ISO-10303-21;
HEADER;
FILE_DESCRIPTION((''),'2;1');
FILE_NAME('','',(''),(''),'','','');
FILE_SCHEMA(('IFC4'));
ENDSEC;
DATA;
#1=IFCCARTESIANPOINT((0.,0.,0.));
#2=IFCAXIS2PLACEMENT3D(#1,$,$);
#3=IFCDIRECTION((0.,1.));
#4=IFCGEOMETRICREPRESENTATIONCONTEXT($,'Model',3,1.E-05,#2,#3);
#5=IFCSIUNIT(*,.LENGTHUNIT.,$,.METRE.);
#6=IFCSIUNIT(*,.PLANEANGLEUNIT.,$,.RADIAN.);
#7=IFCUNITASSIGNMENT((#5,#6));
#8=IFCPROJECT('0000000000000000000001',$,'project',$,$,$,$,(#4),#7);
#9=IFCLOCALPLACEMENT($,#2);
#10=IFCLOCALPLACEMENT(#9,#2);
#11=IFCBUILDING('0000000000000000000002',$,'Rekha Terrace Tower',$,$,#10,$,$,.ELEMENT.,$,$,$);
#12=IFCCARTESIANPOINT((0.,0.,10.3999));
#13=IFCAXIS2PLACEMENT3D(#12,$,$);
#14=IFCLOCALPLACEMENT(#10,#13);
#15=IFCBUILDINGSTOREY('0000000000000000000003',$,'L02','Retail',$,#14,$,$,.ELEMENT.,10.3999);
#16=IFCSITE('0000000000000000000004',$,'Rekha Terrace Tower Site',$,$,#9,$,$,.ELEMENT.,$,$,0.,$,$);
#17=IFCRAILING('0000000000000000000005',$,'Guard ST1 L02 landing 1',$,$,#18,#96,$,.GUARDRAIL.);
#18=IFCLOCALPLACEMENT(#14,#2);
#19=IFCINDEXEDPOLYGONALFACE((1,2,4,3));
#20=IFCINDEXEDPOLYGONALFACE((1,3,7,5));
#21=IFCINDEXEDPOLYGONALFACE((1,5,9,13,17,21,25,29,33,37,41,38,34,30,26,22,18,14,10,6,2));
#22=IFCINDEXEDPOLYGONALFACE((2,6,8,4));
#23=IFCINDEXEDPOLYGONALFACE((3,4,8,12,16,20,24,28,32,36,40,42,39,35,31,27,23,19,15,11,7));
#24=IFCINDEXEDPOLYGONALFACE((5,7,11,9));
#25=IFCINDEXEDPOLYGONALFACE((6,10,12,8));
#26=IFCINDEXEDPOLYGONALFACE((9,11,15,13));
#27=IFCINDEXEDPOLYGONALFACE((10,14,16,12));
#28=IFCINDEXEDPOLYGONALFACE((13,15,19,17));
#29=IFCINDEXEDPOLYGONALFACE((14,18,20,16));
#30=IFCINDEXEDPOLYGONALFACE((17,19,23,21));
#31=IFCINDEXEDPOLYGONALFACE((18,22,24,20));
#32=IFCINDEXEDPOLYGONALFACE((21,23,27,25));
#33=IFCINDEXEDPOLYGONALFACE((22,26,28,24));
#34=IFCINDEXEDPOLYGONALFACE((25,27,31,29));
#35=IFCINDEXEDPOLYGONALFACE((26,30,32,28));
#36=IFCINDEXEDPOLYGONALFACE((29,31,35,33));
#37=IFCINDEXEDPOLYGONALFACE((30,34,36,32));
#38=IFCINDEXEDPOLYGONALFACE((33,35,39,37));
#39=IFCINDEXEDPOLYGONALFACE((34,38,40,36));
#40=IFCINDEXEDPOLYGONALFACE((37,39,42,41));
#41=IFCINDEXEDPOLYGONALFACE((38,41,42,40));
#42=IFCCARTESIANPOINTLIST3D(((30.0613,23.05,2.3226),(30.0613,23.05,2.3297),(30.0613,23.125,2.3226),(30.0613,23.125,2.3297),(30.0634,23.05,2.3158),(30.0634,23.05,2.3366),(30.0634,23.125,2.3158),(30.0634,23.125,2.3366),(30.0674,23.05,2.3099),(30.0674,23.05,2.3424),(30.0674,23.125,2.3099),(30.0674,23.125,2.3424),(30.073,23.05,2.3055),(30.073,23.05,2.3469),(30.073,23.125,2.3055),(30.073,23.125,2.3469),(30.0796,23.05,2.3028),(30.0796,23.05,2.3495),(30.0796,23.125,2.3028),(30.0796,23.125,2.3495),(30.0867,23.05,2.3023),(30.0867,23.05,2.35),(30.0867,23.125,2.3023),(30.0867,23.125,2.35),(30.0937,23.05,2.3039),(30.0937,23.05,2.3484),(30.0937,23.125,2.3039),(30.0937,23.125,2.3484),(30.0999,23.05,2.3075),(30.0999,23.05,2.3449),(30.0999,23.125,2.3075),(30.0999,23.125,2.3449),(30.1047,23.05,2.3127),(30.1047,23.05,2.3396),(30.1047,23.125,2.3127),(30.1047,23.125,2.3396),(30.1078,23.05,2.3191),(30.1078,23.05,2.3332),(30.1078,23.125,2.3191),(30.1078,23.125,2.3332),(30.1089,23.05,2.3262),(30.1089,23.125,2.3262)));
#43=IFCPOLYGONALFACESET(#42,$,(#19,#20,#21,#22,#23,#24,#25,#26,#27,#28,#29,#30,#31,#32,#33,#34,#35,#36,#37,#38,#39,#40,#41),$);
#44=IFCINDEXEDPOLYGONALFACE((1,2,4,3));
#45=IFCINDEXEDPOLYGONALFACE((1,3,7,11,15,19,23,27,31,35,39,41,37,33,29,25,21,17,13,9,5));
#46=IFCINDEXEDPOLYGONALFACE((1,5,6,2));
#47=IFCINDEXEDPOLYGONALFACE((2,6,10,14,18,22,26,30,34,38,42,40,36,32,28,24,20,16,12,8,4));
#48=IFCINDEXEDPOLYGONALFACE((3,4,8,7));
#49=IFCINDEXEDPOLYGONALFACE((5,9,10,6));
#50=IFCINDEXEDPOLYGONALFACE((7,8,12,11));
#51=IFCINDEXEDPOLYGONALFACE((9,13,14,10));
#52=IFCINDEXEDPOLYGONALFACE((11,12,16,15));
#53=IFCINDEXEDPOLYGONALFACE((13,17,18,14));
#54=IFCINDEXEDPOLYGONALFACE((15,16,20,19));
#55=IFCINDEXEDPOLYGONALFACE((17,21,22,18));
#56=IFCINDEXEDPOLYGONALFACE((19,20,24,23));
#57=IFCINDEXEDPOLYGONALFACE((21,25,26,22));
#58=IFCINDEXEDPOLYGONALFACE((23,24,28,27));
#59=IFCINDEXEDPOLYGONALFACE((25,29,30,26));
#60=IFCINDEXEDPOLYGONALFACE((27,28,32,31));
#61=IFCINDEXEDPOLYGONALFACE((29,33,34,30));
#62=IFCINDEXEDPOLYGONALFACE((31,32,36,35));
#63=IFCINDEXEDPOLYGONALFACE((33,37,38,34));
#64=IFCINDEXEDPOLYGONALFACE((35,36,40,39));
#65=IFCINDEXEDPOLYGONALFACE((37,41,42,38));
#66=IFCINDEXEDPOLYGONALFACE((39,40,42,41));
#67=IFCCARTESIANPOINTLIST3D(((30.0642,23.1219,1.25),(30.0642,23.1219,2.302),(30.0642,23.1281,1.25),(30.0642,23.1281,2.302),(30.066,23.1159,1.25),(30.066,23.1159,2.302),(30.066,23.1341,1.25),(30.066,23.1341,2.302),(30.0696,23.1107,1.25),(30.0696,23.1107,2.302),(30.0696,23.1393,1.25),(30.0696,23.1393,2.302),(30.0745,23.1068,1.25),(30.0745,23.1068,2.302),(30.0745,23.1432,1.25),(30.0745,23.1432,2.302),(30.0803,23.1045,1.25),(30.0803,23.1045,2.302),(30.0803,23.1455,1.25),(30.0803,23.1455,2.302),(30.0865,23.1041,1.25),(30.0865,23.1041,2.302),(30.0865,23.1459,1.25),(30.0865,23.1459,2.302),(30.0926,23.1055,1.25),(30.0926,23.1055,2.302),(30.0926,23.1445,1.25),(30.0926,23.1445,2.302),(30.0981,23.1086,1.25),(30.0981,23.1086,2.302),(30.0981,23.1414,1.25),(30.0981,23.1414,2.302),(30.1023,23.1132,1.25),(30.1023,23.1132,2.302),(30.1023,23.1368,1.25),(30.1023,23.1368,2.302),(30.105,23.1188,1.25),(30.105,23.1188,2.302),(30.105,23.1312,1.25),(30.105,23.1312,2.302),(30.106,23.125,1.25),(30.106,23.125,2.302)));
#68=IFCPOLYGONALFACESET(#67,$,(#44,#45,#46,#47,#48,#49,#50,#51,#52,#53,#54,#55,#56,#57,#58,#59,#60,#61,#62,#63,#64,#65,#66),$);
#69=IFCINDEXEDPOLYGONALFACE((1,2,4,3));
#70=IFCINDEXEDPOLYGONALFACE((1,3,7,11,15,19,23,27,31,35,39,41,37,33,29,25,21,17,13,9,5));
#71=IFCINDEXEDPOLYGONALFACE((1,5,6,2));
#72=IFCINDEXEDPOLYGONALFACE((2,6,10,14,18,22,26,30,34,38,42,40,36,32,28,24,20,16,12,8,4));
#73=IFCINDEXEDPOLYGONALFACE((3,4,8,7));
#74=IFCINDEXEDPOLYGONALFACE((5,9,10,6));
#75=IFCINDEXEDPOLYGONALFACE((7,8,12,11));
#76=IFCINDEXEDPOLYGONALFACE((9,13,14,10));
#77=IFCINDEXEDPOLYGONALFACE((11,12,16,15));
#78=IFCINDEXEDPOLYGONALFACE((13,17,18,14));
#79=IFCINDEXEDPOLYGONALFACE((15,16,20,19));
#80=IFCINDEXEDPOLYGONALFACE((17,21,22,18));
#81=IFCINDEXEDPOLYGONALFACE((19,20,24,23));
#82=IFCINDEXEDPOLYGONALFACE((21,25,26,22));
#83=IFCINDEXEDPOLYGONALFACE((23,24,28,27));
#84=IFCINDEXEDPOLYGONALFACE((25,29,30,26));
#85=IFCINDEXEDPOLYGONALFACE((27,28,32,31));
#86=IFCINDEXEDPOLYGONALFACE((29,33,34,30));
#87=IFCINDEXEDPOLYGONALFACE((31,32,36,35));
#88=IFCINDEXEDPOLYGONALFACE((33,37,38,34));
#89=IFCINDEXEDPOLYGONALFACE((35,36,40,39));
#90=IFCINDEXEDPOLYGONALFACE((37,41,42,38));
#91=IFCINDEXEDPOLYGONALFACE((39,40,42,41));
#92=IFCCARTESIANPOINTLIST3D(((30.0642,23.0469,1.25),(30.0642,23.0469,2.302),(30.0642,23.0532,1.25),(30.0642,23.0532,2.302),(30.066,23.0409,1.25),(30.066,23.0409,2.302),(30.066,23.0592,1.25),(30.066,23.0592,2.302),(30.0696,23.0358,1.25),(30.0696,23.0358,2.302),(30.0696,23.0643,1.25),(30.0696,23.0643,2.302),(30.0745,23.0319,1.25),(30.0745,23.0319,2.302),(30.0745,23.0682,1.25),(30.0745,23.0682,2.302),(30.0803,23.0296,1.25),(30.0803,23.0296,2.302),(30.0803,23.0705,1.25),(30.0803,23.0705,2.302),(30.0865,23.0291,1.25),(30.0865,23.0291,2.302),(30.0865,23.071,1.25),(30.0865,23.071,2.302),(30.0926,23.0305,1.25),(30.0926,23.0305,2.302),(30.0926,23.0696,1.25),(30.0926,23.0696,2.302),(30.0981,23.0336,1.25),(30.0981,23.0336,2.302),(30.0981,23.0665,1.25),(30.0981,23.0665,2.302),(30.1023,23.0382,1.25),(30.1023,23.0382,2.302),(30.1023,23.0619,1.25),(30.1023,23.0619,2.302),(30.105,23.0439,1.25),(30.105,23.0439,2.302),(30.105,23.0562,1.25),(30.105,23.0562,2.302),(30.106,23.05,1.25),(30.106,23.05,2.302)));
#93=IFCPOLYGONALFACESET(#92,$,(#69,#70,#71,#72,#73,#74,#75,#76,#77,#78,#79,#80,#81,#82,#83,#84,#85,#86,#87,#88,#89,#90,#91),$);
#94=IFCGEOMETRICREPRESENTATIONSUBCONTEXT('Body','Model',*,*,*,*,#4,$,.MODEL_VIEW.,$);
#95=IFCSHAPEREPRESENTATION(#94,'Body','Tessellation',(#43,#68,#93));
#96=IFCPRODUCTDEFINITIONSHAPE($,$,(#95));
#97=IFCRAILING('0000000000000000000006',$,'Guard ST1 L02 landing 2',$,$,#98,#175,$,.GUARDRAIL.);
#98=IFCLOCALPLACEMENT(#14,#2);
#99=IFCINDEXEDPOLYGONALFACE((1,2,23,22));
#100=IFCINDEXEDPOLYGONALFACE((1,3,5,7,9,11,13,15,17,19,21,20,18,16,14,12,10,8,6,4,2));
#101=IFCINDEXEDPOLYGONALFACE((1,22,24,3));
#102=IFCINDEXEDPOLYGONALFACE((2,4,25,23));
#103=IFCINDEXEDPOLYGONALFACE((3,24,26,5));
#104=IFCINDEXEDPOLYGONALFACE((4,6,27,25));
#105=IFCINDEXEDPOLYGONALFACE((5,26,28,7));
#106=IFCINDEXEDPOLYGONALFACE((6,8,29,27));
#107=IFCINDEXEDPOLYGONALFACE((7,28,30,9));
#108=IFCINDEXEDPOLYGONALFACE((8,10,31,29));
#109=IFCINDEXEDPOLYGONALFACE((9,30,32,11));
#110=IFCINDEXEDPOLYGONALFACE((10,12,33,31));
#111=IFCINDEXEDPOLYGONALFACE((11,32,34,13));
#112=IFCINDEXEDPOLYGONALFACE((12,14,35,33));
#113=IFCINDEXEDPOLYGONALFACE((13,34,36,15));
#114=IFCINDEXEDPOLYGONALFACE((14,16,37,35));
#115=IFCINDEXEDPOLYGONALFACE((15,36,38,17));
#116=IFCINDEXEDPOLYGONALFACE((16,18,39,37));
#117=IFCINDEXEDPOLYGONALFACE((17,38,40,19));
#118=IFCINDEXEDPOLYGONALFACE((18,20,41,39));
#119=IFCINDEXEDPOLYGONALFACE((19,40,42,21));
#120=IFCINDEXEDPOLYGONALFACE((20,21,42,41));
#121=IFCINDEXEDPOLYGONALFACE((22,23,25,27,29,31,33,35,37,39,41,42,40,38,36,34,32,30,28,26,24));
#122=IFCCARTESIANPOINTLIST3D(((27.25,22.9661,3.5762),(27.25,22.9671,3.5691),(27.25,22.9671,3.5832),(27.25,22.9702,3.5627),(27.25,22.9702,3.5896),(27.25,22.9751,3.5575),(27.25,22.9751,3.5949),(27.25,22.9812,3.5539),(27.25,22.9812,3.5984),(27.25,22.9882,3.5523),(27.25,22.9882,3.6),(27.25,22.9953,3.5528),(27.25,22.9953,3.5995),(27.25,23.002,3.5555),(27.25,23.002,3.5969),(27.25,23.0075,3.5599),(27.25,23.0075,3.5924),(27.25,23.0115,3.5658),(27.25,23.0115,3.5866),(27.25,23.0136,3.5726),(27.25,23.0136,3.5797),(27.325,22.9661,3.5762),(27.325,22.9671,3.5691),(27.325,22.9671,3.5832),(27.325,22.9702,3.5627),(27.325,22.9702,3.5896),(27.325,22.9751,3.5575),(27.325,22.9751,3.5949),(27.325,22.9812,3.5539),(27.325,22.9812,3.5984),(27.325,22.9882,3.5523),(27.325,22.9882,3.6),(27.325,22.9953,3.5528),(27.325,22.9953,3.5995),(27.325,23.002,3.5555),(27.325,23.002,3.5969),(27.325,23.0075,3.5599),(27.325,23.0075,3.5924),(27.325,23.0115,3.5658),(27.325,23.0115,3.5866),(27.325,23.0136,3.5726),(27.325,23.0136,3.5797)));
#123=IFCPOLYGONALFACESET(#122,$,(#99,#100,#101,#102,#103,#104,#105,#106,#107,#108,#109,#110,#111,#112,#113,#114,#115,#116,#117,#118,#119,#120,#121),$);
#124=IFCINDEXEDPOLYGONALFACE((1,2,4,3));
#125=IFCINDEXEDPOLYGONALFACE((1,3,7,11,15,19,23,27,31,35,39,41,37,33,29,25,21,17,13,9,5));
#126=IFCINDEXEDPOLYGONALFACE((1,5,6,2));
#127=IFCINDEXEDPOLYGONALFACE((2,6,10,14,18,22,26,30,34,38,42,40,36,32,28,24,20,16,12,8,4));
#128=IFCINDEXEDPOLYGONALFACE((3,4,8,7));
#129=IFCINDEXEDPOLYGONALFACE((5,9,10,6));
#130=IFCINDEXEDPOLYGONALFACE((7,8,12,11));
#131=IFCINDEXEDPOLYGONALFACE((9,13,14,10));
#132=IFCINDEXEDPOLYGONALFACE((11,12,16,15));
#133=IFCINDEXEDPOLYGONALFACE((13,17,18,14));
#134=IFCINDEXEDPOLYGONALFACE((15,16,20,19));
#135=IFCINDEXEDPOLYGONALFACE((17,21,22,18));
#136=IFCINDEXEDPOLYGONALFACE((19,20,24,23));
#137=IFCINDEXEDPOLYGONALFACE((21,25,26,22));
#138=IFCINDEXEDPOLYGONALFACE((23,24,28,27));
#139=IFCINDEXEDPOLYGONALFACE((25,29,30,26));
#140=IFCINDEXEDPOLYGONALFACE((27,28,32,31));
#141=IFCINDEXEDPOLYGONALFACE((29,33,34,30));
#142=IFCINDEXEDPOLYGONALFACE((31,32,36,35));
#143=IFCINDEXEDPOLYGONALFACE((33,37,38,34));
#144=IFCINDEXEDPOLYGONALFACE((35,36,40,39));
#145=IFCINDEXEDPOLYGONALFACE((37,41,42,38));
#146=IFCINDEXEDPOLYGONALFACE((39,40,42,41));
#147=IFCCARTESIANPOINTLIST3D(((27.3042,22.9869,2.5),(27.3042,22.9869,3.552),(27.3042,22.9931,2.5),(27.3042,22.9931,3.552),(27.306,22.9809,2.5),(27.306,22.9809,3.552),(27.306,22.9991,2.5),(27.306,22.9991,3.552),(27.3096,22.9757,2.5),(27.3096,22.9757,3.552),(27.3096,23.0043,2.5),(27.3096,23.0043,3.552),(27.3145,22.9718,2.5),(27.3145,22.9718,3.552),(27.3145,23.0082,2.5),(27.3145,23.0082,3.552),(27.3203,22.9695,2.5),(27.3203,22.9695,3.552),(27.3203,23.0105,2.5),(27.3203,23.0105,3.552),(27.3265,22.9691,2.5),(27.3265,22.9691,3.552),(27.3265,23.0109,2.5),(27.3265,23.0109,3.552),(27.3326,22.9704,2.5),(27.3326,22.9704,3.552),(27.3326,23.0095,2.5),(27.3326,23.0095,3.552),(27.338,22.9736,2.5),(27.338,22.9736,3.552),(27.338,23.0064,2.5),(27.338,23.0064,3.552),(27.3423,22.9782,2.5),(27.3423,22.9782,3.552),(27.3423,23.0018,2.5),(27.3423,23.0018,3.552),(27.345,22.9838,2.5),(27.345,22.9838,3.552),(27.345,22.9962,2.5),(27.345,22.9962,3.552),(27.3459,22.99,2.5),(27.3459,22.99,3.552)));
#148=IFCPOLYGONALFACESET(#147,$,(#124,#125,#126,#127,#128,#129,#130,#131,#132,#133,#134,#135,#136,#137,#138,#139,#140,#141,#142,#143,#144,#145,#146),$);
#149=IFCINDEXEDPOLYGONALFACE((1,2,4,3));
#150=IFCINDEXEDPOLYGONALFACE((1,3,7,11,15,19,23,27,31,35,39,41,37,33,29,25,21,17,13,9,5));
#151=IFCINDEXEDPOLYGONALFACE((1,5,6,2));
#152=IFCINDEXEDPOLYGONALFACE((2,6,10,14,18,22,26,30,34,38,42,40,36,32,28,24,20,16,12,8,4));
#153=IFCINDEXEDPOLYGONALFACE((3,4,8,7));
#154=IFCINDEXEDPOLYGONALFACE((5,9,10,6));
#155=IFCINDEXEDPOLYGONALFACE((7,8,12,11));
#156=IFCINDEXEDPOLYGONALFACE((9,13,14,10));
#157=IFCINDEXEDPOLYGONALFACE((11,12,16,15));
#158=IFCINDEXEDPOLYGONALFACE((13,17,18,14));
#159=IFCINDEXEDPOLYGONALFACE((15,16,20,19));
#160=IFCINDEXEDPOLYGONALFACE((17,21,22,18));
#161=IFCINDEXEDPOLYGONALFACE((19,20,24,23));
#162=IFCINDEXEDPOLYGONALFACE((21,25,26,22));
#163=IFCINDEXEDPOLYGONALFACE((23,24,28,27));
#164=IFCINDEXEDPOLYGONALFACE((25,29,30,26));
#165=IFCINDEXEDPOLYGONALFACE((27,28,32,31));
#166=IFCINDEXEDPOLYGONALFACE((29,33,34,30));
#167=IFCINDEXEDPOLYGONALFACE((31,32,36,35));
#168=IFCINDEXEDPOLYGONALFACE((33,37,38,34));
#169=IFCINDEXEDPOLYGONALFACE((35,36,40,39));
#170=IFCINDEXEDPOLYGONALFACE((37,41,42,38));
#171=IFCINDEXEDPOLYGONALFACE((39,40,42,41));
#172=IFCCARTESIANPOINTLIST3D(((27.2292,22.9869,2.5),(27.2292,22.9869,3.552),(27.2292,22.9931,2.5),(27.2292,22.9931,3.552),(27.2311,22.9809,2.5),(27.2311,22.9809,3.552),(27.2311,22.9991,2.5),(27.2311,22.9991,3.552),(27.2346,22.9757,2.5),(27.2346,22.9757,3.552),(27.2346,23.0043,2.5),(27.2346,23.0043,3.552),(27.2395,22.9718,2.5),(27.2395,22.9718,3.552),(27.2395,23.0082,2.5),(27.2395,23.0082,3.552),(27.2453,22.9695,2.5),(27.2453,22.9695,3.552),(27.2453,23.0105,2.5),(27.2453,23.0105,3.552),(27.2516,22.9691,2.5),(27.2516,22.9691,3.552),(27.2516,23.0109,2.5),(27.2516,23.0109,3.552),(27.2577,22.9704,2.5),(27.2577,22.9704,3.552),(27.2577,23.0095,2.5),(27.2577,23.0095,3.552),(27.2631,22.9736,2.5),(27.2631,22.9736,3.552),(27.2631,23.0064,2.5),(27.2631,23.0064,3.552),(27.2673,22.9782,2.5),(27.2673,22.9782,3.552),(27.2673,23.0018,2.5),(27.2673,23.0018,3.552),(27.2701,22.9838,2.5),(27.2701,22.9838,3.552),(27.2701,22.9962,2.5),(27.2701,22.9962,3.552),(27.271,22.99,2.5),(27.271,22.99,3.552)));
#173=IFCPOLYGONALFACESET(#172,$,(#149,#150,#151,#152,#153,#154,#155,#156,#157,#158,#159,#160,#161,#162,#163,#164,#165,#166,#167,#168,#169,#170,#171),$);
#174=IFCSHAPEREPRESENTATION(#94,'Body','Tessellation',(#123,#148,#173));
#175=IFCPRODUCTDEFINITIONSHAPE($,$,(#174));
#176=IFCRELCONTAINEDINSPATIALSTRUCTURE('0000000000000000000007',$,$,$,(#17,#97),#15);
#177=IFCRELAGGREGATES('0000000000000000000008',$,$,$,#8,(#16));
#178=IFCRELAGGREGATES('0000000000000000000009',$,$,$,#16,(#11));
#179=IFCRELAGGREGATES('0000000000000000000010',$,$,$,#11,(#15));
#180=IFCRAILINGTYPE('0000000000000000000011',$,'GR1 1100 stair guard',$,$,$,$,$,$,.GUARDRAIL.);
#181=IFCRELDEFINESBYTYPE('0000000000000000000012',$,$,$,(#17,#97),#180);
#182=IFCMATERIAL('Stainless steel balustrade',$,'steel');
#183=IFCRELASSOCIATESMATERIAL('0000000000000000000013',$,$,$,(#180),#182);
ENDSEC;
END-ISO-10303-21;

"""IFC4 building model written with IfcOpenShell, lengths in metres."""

from ifc_helpers import new_model, si_unit, direction, frame, origin, origin_2d, place, context, subcontext, project, spatial, circle, extrude, material, type_object, element, save


model = new_model("IFC4")

# Units and contexts
model_context = context("Model", 3, precision=1e-05, world=origin(), true_north=direction((0.0, 1.0)))
body_context = subcontext(model_context, "Body", "Model", "MODEL_VIEW")
ifc_project = project(units=[si_unit("LENGTHUNIT", "METRE"), si_unit("PLANEANGLEUNIT", "RADIAN")], contexts=[model_context])

# Site, building, storey
site_placement = place(None, origin())
site = spatial("IfcSite", under=ifc_project, at=site_placement, Name="Rekha Terrace Tower Site", CompositionType="ELEMENT", RefElevation=0.0)
building_placement = place(site_placement, origin())
building = spatial("IfcBuilding", under=site, at=building_placement, Name="Rekha Terrace Tower", CompositionType="ELEMENT")
storey_placement = place(building_placement, frame((0.0, 0.0, 10.3999)))
storey = spatial("IfcBuildingStorey", under=building, at=storey_placement, Name="L02", Description="Retail", CompositionType="ELEMENT", Elevation=10.3999)

# Railings
ifc_material_1 = material(Name="Stainless steel balustrade", Category="steel")
railing_type_1 = type_object("IfcRailingType", Name="GR1 1100 stair guard", PredefinedType="GUARDRAIL", material=ifc_material_1)
railing_1_placement = place(storey_placement, frame((30.085, 23.125, 1.25)))
element("IfcRailing", 1, at=railing_1_placement, inside=storey, type_object=railing_type_1, Name="Guard ST1 L02 landing 1", PredefinedType="GUARDRAIL", context=body_context, shape_type="SweptSolid", body=[
    extrude(circle(Radius=0.0239, at=origin_2d()), frame((0.0, 0.0, 1.0762), z_axis=(0.0, -1.0, 0.0), x_axis=(1.0, 0.0, 0.0)), (0.0, 0.0, 1.0), 0.075),
    extrude(circle(Radius=0.021, at=origin_2d()), origin(), (0.0, 0.0, 1.0), 1.052),
    extrude(circle(Radius=0.021, at=origin_2d()), frame((0.0, -0.075, 0.0)), (0.0, 0.0, 1.0), 1.052),
])
railing_2_placement = place(storey_placement, frame((27.325, 22.99, 2.5)))
element("IfcRailing", 2, at=railing_2_placement, inside=storey, type_object=railing_type_1, Name="Guard ST1 L02 landing 2", PredefinedType="GUARDRAIL", context=body_context, shape_type="SweptSolid", body=[
    extrude(circle(Radius=0.0239, at=origin_2d()), frame((0.0, 0.0, 1.0762), z_axis=(-1.0, 0.0, 0.0), x_axis=(0.0, -1.0, 0.0)), (0.0, 0.0, 1.0), 0.075),
    extrude(circle(Radius=0.021, at=origin_2d()), origin(), (0.0, 0.0, 1.0), 1.052),
    extrude(circle(Radius=0.021, at=origin_2d()), frame((-0.075, 0.0, 0.0)), (0.0, 0.0, 1.0), 1.052),
])

save(model, "model.ifc")
